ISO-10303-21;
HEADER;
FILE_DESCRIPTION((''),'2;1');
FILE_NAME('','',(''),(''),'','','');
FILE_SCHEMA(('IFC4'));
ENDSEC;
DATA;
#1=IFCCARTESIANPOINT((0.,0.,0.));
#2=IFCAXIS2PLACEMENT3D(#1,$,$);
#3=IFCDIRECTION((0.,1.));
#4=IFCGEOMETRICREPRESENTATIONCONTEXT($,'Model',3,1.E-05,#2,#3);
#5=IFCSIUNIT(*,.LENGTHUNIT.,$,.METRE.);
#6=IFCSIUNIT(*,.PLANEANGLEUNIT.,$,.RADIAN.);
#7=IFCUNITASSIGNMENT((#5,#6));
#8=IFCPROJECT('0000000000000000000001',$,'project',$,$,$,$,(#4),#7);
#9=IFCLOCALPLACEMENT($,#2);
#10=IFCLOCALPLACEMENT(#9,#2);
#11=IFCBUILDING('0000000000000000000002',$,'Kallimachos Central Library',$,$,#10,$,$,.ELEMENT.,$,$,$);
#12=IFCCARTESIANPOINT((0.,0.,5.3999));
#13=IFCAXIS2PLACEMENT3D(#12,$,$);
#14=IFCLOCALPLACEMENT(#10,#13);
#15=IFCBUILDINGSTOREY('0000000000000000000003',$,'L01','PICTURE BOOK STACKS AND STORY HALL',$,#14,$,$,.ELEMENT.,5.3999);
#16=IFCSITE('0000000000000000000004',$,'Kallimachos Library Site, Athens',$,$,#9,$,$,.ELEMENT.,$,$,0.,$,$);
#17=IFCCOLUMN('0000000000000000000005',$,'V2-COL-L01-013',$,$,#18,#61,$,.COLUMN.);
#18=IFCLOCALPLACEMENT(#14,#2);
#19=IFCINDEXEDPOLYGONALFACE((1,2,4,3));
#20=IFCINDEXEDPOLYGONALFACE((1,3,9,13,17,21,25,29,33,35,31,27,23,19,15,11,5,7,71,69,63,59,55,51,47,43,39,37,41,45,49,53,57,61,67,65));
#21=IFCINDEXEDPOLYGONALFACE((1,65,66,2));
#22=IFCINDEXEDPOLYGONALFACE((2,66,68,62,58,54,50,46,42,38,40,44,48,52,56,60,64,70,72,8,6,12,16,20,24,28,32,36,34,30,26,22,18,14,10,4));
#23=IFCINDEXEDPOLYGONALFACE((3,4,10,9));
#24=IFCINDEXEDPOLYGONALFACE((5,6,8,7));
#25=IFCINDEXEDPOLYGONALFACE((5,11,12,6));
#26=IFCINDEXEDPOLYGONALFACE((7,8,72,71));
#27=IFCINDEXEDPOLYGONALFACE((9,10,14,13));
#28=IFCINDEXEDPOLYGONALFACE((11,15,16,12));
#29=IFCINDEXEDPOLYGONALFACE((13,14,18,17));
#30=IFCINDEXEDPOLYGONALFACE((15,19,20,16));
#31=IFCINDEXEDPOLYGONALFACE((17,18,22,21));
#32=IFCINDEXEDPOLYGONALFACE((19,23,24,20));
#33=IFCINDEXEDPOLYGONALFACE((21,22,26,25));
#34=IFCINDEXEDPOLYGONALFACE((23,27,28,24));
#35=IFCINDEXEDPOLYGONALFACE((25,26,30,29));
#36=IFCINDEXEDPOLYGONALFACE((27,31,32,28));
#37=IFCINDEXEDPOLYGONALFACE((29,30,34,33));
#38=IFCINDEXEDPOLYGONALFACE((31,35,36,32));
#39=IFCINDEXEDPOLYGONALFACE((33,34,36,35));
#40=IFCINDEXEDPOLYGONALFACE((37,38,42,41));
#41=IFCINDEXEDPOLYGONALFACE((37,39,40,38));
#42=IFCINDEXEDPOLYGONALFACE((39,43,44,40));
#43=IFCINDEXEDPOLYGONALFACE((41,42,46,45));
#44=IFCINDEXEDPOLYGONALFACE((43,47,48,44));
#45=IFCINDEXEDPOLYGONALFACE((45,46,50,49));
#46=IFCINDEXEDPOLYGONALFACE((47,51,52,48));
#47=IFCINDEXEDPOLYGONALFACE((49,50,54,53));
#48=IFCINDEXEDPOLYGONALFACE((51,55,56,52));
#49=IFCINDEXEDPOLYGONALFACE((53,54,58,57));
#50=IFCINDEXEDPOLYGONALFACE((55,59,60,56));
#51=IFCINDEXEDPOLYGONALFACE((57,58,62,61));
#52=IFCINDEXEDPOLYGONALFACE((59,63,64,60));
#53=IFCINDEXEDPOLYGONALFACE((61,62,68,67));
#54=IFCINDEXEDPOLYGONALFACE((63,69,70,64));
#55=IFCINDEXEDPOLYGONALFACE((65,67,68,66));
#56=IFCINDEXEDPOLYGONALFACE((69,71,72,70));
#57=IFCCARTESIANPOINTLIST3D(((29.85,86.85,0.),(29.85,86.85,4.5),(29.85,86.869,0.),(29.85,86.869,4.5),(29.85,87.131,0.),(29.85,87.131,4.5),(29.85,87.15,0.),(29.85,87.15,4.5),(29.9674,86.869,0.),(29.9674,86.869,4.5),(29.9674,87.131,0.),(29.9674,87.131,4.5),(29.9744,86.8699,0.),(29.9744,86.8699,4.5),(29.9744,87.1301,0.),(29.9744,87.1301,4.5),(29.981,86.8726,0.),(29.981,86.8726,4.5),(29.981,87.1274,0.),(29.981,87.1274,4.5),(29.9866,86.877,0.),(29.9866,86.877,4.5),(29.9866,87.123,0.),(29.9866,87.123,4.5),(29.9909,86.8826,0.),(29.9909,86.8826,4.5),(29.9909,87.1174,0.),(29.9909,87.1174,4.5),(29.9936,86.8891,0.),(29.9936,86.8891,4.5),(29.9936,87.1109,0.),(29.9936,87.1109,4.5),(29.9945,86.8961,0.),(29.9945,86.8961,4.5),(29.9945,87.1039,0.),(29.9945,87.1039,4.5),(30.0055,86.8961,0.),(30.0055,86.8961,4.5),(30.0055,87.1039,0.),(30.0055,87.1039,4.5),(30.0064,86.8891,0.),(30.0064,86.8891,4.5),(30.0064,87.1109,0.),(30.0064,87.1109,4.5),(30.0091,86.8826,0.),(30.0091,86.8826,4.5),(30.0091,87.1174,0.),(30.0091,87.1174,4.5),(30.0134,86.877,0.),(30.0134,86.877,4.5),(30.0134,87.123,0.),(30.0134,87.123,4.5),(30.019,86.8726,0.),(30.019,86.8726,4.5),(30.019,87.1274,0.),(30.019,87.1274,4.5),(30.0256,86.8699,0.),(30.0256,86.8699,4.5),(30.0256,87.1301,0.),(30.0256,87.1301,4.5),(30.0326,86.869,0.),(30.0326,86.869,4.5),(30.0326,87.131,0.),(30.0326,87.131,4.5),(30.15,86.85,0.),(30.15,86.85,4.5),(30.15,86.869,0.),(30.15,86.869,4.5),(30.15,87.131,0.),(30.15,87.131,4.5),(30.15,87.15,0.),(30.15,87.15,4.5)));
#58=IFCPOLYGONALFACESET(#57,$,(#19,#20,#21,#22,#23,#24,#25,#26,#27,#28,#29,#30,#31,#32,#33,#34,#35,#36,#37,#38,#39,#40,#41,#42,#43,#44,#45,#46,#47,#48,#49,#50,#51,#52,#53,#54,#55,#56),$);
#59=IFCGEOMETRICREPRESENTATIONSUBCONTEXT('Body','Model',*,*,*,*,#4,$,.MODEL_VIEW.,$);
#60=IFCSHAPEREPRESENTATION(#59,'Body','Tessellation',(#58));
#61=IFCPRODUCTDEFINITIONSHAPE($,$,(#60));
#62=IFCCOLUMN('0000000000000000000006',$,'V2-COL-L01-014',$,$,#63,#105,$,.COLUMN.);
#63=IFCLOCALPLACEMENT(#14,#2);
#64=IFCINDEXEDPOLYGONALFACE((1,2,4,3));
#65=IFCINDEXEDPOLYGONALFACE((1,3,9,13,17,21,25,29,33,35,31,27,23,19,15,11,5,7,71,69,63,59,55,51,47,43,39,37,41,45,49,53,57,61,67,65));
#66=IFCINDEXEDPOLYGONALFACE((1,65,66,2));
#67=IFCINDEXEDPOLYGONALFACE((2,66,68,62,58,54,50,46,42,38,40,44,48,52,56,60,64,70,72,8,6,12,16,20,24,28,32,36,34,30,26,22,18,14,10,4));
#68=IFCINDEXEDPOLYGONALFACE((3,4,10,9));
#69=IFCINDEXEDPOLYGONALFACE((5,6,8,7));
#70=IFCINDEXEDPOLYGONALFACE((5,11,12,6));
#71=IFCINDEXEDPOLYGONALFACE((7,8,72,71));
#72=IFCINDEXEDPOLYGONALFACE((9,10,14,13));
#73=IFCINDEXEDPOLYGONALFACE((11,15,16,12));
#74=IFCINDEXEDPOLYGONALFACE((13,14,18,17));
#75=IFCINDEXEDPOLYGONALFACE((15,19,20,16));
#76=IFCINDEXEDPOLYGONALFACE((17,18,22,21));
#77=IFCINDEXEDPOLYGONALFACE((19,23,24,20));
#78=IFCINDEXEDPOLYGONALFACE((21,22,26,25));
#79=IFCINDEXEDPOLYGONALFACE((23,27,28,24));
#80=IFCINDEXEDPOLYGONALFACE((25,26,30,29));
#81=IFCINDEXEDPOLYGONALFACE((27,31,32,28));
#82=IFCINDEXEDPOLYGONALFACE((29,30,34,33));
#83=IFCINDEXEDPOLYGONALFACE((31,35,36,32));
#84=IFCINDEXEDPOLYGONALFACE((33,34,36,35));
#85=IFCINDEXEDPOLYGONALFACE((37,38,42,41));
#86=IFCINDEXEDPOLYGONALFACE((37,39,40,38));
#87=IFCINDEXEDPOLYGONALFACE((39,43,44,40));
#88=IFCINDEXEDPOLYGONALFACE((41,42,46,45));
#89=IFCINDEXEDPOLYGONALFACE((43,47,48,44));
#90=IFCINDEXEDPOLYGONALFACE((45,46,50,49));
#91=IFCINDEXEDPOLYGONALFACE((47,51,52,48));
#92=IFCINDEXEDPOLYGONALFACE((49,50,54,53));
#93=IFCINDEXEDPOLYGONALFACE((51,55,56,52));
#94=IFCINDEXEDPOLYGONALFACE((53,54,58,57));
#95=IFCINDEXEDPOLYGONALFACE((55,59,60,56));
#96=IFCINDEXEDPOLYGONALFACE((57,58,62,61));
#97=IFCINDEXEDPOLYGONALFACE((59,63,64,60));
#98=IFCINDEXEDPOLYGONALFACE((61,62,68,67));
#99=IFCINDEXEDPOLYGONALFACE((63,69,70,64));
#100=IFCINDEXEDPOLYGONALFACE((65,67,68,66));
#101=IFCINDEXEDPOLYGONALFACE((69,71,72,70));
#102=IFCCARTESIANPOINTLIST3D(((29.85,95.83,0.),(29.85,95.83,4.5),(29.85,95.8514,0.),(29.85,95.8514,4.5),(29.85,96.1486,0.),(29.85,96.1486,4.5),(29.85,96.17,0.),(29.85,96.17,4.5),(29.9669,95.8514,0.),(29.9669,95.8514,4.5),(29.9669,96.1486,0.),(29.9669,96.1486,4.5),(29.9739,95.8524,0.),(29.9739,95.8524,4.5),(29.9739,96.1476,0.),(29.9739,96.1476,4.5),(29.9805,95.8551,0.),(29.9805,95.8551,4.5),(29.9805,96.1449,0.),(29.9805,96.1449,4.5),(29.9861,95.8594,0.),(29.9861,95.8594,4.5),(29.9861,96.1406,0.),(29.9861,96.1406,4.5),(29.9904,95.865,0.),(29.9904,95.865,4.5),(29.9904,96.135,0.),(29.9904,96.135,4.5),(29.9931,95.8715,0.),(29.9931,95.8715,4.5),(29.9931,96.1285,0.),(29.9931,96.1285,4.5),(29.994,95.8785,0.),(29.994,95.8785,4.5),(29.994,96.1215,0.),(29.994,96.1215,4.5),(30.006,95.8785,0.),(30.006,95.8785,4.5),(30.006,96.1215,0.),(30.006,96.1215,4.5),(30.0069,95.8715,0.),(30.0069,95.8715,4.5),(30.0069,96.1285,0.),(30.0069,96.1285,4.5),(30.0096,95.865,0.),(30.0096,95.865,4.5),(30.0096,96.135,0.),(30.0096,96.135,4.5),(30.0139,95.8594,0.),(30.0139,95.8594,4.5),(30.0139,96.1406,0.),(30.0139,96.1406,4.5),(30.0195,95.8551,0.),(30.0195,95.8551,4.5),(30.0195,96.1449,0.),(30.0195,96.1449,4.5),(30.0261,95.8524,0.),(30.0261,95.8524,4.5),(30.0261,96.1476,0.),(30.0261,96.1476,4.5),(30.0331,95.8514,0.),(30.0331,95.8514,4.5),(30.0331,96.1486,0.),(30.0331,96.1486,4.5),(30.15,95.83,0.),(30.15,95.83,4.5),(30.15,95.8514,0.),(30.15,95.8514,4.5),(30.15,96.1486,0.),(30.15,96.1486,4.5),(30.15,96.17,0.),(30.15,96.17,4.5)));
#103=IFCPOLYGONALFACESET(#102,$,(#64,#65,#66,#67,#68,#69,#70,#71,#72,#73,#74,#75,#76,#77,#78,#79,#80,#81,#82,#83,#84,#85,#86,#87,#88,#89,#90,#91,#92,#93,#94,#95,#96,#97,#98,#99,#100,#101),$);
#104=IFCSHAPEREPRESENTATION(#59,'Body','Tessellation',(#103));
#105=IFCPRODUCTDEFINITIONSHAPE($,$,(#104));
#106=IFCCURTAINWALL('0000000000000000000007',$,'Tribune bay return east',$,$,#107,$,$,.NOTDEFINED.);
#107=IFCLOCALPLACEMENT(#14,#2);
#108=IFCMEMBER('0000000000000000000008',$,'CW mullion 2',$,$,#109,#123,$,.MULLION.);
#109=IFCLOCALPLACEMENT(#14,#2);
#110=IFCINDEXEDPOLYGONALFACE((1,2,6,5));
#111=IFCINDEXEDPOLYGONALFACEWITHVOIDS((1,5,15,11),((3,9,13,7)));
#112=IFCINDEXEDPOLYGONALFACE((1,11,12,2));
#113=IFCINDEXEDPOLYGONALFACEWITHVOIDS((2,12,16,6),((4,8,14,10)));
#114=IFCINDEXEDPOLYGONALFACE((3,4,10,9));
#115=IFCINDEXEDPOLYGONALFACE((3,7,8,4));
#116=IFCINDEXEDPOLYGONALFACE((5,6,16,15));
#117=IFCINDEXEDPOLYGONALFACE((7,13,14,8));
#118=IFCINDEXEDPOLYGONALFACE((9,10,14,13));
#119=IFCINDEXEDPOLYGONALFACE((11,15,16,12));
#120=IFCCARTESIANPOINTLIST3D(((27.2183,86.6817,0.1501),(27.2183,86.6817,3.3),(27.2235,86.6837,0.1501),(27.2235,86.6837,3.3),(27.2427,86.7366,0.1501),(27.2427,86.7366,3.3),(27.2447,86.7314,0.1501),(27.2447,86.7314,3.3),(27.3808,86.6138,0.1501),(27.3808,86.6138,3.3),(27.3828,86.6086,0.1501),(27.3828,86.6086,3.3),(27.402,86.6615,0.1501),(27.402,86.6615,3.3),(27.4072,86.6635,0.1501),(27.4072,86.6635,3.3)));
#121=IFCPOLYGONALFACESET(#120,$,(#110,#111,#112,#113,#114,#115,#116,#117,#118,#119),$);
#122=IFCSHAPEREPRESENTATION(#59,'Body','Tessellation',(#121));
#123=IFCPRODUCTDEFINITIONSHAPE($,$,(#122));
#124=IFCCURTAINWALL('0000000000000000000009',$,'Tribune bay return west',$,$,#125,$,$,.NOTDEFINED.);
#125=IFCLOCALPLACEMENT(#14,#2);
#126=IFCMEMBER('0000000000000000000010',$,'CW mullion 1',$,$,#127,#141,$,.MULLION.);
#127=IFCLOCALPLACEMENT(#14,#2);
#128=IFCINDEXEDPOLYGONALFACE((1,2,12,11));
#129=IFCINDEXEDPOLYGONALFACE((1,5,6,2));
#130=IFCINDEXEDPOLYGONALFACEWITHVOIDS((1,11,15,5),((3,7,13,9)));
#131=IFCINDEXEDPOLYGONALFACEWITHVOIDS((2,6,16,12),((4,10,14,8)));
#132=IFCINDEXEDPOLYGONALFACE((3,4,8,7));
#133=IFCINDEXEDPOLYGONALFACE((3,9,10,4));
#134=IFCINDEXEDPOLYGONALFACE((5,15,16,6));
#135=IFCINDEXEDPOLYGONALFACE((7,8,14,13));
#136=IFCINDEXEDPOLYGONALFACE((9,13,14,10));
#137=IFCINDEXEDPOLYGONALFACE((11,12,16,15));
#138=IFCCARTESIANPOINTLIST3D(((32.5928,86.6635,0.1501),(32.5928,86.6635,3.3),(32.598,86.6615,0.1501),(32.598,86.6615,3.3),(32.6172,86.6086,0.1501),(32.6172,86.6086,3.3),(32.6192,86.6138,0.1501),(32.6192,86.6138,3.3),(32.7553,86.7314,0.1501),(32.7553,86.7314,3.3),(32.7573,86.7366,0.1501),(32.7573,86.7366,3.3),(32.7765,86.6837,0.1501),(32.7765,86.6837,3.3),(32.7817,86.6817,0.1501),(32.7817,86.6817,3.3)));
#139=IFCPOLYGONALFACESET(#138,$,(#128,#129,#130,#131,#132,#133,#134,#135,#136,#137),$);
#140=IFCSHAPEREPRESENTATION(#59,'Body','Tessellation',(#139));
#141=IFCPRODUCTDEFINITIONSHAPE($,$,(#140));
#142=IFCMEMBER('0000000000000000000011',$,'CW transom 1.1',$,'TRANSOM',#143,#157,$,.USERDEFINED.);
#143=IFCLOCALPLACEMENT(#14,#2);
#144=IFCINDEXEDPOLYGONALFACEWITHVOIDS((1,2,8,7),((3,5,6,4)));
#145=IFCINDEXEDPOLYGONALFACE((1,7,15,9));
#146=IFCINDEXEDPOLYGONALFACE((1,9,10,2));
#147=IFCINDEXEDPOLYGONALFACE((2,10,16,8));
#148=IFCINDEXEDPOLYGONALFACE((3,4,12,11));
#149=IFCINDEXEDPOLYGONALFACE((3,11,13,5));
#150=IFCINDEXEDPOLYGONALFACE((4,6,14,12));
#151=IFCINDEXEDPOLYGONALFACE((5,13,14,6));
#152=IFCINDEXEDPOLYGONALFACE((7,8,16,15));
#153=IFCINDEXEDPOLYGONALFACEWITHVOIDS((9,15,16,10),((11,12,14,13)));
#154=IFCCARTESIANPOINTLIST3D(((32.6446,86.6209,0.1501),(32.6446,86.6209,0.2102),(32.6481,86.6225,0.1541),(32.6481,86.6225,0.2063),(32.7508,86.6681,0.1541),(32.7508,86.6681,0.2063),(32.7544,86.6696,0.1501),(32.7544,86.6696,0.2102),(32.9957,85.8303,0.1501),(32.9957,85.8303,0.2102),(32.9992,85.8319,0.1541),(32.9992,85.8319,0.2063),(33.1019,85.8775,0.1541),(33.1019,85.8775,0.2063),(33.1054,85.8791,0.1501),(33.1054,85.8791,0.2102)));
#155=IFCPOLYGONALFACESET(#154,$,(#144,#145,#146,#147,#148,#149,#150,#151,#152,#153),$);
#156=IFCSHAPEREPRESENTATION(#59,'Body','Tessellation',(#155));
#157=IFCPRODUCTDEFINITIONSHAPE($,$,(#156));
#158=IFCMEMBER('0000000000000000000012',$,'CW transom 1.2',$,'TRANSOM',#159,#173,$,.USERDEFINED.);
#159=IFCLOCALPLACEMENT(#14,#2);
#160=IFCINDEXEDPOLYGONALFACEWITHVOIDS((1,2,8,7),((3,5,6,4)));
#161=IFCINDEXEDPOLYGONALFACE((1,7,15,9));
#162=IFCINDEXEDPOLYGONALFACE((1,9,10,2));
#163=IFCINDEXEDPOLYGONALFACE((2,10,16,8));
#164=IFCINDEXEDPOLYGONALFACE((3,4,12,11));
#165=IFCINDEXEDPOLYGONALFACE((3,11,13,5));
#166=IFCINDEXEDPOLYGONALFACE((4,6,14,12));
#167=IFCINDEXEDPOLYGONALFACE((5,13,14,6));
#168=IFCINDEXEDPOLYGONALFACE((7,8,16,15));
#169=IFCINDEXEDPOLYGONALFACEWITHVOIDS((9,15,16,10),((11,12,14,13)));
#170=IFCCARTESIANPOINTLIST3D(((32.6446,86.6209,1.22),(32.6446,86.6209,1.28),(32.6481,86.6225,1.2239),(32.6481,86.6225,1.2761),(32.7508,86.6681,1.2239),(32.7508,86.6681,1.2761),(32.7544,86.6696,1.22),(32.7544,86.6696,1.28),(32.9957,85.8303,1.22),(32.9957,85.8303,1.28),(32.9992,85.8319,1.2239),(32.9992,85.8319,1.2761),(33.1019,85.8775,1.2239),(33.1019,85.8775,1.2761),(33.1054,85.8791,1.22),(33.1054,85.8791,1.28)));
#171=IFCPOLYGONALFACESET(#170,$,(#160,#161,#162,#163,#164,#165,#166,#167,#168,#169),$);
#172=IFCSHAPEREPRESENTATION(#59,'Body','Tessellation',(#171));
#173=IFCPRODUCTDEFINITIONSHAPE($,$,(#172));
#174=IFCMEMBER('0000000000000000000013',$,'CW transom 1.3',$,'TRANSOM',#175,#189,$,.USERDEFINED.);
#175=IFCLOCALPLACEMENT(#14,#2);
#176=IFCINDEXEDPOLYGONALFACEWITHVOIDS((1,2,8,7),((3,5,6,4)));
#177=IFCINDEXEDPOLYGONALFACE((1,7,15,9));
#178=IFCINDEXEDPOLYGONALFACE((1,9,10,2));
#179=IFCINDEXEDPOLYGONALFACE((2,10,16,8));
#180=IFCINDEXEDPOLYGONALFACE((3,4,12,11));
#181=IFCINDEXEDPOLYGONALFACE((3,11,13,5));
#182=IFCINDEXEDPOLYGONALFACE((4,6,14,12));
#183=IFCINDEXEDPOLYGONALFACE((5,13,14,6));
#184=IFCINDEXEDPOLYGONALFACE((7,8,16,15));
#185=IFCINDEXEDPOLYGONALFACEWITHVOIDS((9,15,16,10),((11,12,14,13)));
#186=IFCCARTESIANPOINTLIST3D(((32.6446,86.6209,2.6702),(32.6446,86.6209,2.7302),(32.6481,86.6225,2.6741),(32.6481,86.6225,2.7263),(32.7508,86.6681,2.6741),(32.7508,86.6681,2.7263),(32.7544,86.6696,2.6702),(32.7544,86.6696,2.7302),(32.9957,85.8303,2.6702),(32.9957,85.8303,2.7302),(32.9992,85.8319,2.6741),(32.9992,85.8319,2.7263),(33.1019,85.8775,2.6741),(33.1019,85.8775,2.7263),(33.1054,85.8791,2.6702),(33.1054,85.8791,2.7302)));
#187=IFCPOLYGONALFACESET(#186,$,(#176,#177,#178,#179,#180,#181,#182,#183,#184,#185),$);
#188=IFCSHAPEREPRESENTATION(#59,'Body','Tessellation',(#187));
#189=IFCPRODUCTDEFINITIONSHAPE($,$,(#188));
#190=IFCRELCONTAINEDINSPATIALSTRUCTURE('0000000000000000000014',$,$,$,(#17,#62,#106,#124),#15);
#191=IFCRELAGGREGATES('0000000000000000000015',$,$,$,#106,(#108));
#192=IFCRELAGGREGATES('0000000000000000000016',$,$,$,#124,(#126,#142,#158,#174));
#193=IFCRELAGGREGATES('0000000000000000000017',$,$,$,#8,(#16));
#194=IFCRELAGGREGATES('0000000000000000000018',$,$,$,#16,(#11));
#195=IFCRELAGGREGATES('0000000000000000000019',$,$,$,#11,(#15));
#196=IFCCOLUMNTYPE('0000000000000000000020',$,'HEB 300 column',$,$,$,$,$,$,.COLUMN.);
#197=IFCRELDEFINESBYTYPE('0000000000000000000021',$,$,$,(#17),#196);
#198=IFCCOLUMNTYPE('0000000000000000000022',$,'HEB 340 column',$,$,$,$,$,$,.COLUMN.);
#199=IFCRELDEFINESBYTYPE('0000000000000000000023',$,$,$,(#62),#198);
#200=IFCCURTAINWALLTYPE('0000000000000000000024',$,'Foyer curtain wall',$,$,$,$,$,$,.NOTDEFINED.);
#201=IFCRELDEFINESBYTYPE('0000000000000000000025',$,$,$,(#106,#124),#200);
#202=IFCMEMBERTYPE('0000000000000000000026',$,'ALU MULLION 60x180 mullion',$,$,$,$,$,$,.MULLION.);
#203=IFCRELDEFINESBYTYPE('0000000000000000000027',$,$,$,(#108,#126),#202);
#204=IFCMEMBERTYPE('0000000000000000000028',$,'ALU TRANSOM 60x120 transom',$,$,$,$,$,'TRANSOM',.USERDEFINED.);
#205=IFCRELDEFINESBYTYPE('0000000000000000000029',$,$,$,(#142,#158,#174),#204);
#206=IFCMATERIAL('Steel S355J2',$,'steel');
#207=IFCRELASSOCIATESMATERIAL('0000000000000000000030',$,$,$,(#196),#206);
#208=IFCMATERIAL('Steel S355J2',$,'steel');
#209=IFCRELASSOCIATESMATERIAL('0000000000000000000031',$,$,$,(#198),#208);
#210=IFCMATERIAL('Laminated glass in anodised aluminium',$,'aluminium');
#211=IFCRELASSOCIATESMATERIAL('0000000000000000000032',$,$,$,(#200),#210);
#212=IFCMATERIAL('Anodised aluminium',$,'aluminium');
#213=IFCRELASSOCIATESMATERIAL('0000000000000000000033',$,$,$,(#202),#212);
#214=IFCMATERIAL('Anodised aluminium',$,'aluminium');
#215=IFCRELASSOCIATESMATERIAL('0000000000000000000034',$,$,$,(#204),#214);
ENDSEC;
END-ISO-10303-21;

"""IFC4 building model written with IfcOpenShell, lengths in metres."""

from ifc_helpers import new_model, si_unit, direction, frame, origin, origin_2d, place, context, subcontext, project, spatial, hollow_rectangle, i_section, extrude, material, material_profile, profile_set, type_object, element, aggregate, save


model = new_model("IFC4")

# Units and contexts
model_context = context("Model", 3, precision=1e-05, world=origin(), true_north=direction((0.0, 1.0)))
body_context = subcontext(model_context, "Body", "Model", "MODEL_VIEW")
ifc_project = project(units=[si_unit("LENGTHUNIT", "METRE"), si_unit("PLANEANGLEUNIT", "RADIAN")], contexts=[model_context])

# Site, building, storey
site_placement = place(None, origin())
site = spatial("IfcSite", under=ifc_project, at=site_placement, Name="Kallimachos Library Site, Athens", CompositionType="ELEMENT", RefElevation=0.0)
building_placement = place(site_placement, origin())
building = spatial("IfcBuilding", under=site, at=building_placement, Name="Kallimachos Central Library", CompositionType="ELEMENT")
storey_placement = place(building_placement, frame((0.0, 0.0, 5.3999)))
storey = spatial("IfcBuildingStorey", under=building, at=storey_placement, Name="L01", Description="PICTURE BOOK STACKS AND STORY HALL", CompositionType="ELEMENT", Elevation=5.3999)

# Columns
ifc_material_1 = material(Name="Steel S355J2", Category="steel")
ifc_material_profile_1 = material_profile(ifc_material_1, i_section(OverallWidth=0.3, OverallDepth=0.3, WebThickness=0.011, FlangeThickness=0.019, FilletRadius=0.0271, at=origin_2d()), Name="HEB 300")
ifc_profile_set_1 = profile_set([ifc_material_profile_1], Name="Steel S355J2")
column_type_1 = type_object("IfcColumnType", Name="HEB 300 column", PredefinedType="COLUMN", material=ifc_profile_set_1)
column_1_placement = place(storey_placement, frame((30.0, 87.0, 0.0), z_axis=(0.0, 0.0, 1.0), x_axis=(1.0, 0.0, 0.0)))
element("IfcColumn", 1, at=column_1_placement, inside=storey, type_object=column_type_1, Name="V2-COL-L01-013", PredefinedType="COLUMN", context=body_context, shape_type="SweptSolid", body=[
    extrude(i_section(OverallWidth=0.3, OverallDepth=0.3, WebThickness=0.011, FlangeThickness=0.019, FilletRadius=0.0271, at=origin_2d()), origin(), (0.0, 0.0, 1.0), 4.5),
])
ifc_material_2 = material(Name="Steel S355J2", Category="steel")
ifc_material_profile_2 = material_profile(ifc_material_2, i_section(OverallWidth=0.3, OverallDepth=0.3401, WebThickness=0.012, FlangeThickness=0.0215, FilletRadius=0.0271, at=origin_2d()), Name="HEB 340")
ifc_profile_set_2 = profile_set([ifc_material_profile_2], Name="Steel S355J2")
column_type_2 = type_object("IfcColumnType", Name="HEB 340 column", PredefinedType="COLUMN", material=ifc_profile_set_2)
column_2_placement = place(storey_placement, frame((30.0, 96.0, 0.0), z_axis=(0.0, 0.0, 1.0), x_axis=(1.0, 0.0, 0.0)))
element("IfcColumn", 2, at=column_2_placement, inside=storey, type_object=column_type_2, Name="V2-COL-L01-014", PredefinedType="COLUMN", context=body_context, shape_type="SweptSolid", body=[
    extrude(i_section(OverallWidth=0.3, OverallDepth=0.3401, WebThickness=0.012, FlangeThickness=0.0215, FilletRadius=0.0271, at=origin_2d()), origin(), (0.0, 0.0, 1.0), 4.5),
])

# Curtain wall, member
ifc_material_3 = material(Name="Laminated glass in anodised aluminium", Category="aluminium")
curtain_wall_type = type_object("IfcCurtainWallType", Name="Foyer curtain wall", PredefinedType="NOTDEFINED", material=ifc_material_3)
curtain_wall_1_placement = place(storey_placement, origin())
curtain_wall_1 = element("IfcCurtainWall", 3, at=curtain_wall_1_placement, inside=storey, type_object=curtain_wall_type, Name="Tribune bay return east", PredefinedType="NOTDEFINED")
ifc_material_4 = material(Name="Anodised aluminium", Category="aluminium")
ifc_material_profile_3 = material_profile(ifc_material_4, hollow_rectangle(XDim=0.0601, YDim=0.1799, WallThickness=0.0039, at=origin_2d()), Name="ALU MULLION 60x180")
ifc_profile_set_3 = profile_set([ifc_material_profile_3], Name="Anodised aluminium")
member_type_1 = type_object("IfcMemberType", Name="ALU MULLION 60x180 mullion", PredefinedType="MULLION", material=ifc_profile_set_3)
member_1_placement = place(storey_placement, frame((27.3127, 86.6726, 0.1501), z_axis=(0.0, 0.0, 1.0), x_axis=(0.406138, 0.913812, 0.0)))
member_1 = element("IfcMember", 4, at=member_1_placement, type_object=member_type_1, Name="CW mullion 2", PredefinedType="MULLION", context=body_context, shape_type="SweptSolid", body=[
    extrude(hollow_rectangle(XDim=0.0601, YDim=0.1799, WallThickness=0.0039, at=origin_2d()), origin(), (0.0, 0.0, 1.0), 3.1499),
])
aggregate(curtain_wall_1, [member_1])

# Curtain wall, members
curtain_wall_2_placement = place(storey_placement, origin())
curtain_wall_2 = element("IfcCurtainWall", 5, at=curtain_wall_2_placement, inside=storey, type_object=curtain_wall_type, Name="Tribune bay return west", PredefinedType="NOTDEFINED")
member_2_placement = place(storey_placement, frame((32.6873, 86.6726, 0.1501), z_axis=(0.0, 0.0, 1.0), x_axis=(0.406138, -0.913812, 0.0)))
member_2 = element("IfcMember", 6, at=member_2_placement, type_object=member_type_1, Name="CW mullion 1", PredefinedType="MULLION", context=body_context, shape_type="SweptSolid", body=[
    extrude(hollow_rectangle(XDim=0.0601, YDim=0.1799, WallThickness=0.0039, at=origin_2d()), origin(), (0.0, 0.0, 1.0), 3.1499),
])
ifc_material_5 = material(Name="Anodised aluminium", Category="aluminium")
ifc_material_profile_4 = material_profile(ifc_material_5, hollow_rectangle(XDim=0.0601, YDim=0.1201, WallThickness=0.0039, at=origin_2d()), Name="ALU TRANSOM 60x120")
ifc_profile_set_4 = profile_set([ifc_material_profile_4], Name="Anodised aluminium")
member_type_2 = type_object("IfcMemberType", Name="ALU TRANSOM 60x120 transom", ElementType="TRANSOM", PredefinedType="USERDEFINED", material=ifc_profile_set_4)
member_3_placement = place(storey_placement, frame((32.6995, 86.6453, 0.1802), z_axis=(0.405877, -0.913928, 0.0), x_axis=(0.0, 0.0, 1.0)))
member_3 = element("IfcMember", 7, at=member_3_placement, type_object=member_type_2, Name="CW transom 1.1", ObjectType="TRANSOM", PredefinedType="USERDEFINED", context=body_context, shape_type="SweptSolid", body=[
    extrude(hollow_rectangle(XDim=0.0601, YDim=0.1201, WallThickness=0.0039, at=origin_2d()), origin(), (0.0, 0.0, 1.0), 0.865),
])
member_4_placement = place(storey_placement, frame((32.6995, 86.6453, 1.25), z_axis=(0.405877, -0.913928, 0.0), x_axis=(0.0, 0.0, 1.0)))
member_4 = element("IfcMember", 8, at=member_4_placement, type_object=member_type_2, Name="CW transom 1.2", ObjectType="TRANSOM", PredefinedType="USERDEFINED", context=body_context, shape_type="SweptSolid", body=[
    extrude(hollow_rectangle(XDim=0.0601, YDim=0.1201, WallThickness=0.0039, at=origin_2d()), origin(), (0.0, 0.0, 1.0), 0.865),
])
member_5_placement = place(storey_placement, frame((32.6995, 86.6453, 2.7002), z_axis=(0.405877, -0.913928, 0.0), x_axis=(0.0, 0.0, 1.0)))
member_5 = element("IfcMember", 9, at=member_5_placement, type_object=member_type_2, Name="CW transom 1.3", ObjectType="TRANSOM", PredefinedType="USERDEFINED", context=body_context, shape_type="SweptSolid", body=[
    extrude(hollow_rectangle(XDim=0.0601, YDim=0.1201, WallThickness=0.0039, at=origin_2d()), origin(), (0.0, 0.0, 1.0), 0.865),
])

aggregate(curtain_wall_2, [member_2, member_3, member_4, member_5])

save(model, "model.ifc")
